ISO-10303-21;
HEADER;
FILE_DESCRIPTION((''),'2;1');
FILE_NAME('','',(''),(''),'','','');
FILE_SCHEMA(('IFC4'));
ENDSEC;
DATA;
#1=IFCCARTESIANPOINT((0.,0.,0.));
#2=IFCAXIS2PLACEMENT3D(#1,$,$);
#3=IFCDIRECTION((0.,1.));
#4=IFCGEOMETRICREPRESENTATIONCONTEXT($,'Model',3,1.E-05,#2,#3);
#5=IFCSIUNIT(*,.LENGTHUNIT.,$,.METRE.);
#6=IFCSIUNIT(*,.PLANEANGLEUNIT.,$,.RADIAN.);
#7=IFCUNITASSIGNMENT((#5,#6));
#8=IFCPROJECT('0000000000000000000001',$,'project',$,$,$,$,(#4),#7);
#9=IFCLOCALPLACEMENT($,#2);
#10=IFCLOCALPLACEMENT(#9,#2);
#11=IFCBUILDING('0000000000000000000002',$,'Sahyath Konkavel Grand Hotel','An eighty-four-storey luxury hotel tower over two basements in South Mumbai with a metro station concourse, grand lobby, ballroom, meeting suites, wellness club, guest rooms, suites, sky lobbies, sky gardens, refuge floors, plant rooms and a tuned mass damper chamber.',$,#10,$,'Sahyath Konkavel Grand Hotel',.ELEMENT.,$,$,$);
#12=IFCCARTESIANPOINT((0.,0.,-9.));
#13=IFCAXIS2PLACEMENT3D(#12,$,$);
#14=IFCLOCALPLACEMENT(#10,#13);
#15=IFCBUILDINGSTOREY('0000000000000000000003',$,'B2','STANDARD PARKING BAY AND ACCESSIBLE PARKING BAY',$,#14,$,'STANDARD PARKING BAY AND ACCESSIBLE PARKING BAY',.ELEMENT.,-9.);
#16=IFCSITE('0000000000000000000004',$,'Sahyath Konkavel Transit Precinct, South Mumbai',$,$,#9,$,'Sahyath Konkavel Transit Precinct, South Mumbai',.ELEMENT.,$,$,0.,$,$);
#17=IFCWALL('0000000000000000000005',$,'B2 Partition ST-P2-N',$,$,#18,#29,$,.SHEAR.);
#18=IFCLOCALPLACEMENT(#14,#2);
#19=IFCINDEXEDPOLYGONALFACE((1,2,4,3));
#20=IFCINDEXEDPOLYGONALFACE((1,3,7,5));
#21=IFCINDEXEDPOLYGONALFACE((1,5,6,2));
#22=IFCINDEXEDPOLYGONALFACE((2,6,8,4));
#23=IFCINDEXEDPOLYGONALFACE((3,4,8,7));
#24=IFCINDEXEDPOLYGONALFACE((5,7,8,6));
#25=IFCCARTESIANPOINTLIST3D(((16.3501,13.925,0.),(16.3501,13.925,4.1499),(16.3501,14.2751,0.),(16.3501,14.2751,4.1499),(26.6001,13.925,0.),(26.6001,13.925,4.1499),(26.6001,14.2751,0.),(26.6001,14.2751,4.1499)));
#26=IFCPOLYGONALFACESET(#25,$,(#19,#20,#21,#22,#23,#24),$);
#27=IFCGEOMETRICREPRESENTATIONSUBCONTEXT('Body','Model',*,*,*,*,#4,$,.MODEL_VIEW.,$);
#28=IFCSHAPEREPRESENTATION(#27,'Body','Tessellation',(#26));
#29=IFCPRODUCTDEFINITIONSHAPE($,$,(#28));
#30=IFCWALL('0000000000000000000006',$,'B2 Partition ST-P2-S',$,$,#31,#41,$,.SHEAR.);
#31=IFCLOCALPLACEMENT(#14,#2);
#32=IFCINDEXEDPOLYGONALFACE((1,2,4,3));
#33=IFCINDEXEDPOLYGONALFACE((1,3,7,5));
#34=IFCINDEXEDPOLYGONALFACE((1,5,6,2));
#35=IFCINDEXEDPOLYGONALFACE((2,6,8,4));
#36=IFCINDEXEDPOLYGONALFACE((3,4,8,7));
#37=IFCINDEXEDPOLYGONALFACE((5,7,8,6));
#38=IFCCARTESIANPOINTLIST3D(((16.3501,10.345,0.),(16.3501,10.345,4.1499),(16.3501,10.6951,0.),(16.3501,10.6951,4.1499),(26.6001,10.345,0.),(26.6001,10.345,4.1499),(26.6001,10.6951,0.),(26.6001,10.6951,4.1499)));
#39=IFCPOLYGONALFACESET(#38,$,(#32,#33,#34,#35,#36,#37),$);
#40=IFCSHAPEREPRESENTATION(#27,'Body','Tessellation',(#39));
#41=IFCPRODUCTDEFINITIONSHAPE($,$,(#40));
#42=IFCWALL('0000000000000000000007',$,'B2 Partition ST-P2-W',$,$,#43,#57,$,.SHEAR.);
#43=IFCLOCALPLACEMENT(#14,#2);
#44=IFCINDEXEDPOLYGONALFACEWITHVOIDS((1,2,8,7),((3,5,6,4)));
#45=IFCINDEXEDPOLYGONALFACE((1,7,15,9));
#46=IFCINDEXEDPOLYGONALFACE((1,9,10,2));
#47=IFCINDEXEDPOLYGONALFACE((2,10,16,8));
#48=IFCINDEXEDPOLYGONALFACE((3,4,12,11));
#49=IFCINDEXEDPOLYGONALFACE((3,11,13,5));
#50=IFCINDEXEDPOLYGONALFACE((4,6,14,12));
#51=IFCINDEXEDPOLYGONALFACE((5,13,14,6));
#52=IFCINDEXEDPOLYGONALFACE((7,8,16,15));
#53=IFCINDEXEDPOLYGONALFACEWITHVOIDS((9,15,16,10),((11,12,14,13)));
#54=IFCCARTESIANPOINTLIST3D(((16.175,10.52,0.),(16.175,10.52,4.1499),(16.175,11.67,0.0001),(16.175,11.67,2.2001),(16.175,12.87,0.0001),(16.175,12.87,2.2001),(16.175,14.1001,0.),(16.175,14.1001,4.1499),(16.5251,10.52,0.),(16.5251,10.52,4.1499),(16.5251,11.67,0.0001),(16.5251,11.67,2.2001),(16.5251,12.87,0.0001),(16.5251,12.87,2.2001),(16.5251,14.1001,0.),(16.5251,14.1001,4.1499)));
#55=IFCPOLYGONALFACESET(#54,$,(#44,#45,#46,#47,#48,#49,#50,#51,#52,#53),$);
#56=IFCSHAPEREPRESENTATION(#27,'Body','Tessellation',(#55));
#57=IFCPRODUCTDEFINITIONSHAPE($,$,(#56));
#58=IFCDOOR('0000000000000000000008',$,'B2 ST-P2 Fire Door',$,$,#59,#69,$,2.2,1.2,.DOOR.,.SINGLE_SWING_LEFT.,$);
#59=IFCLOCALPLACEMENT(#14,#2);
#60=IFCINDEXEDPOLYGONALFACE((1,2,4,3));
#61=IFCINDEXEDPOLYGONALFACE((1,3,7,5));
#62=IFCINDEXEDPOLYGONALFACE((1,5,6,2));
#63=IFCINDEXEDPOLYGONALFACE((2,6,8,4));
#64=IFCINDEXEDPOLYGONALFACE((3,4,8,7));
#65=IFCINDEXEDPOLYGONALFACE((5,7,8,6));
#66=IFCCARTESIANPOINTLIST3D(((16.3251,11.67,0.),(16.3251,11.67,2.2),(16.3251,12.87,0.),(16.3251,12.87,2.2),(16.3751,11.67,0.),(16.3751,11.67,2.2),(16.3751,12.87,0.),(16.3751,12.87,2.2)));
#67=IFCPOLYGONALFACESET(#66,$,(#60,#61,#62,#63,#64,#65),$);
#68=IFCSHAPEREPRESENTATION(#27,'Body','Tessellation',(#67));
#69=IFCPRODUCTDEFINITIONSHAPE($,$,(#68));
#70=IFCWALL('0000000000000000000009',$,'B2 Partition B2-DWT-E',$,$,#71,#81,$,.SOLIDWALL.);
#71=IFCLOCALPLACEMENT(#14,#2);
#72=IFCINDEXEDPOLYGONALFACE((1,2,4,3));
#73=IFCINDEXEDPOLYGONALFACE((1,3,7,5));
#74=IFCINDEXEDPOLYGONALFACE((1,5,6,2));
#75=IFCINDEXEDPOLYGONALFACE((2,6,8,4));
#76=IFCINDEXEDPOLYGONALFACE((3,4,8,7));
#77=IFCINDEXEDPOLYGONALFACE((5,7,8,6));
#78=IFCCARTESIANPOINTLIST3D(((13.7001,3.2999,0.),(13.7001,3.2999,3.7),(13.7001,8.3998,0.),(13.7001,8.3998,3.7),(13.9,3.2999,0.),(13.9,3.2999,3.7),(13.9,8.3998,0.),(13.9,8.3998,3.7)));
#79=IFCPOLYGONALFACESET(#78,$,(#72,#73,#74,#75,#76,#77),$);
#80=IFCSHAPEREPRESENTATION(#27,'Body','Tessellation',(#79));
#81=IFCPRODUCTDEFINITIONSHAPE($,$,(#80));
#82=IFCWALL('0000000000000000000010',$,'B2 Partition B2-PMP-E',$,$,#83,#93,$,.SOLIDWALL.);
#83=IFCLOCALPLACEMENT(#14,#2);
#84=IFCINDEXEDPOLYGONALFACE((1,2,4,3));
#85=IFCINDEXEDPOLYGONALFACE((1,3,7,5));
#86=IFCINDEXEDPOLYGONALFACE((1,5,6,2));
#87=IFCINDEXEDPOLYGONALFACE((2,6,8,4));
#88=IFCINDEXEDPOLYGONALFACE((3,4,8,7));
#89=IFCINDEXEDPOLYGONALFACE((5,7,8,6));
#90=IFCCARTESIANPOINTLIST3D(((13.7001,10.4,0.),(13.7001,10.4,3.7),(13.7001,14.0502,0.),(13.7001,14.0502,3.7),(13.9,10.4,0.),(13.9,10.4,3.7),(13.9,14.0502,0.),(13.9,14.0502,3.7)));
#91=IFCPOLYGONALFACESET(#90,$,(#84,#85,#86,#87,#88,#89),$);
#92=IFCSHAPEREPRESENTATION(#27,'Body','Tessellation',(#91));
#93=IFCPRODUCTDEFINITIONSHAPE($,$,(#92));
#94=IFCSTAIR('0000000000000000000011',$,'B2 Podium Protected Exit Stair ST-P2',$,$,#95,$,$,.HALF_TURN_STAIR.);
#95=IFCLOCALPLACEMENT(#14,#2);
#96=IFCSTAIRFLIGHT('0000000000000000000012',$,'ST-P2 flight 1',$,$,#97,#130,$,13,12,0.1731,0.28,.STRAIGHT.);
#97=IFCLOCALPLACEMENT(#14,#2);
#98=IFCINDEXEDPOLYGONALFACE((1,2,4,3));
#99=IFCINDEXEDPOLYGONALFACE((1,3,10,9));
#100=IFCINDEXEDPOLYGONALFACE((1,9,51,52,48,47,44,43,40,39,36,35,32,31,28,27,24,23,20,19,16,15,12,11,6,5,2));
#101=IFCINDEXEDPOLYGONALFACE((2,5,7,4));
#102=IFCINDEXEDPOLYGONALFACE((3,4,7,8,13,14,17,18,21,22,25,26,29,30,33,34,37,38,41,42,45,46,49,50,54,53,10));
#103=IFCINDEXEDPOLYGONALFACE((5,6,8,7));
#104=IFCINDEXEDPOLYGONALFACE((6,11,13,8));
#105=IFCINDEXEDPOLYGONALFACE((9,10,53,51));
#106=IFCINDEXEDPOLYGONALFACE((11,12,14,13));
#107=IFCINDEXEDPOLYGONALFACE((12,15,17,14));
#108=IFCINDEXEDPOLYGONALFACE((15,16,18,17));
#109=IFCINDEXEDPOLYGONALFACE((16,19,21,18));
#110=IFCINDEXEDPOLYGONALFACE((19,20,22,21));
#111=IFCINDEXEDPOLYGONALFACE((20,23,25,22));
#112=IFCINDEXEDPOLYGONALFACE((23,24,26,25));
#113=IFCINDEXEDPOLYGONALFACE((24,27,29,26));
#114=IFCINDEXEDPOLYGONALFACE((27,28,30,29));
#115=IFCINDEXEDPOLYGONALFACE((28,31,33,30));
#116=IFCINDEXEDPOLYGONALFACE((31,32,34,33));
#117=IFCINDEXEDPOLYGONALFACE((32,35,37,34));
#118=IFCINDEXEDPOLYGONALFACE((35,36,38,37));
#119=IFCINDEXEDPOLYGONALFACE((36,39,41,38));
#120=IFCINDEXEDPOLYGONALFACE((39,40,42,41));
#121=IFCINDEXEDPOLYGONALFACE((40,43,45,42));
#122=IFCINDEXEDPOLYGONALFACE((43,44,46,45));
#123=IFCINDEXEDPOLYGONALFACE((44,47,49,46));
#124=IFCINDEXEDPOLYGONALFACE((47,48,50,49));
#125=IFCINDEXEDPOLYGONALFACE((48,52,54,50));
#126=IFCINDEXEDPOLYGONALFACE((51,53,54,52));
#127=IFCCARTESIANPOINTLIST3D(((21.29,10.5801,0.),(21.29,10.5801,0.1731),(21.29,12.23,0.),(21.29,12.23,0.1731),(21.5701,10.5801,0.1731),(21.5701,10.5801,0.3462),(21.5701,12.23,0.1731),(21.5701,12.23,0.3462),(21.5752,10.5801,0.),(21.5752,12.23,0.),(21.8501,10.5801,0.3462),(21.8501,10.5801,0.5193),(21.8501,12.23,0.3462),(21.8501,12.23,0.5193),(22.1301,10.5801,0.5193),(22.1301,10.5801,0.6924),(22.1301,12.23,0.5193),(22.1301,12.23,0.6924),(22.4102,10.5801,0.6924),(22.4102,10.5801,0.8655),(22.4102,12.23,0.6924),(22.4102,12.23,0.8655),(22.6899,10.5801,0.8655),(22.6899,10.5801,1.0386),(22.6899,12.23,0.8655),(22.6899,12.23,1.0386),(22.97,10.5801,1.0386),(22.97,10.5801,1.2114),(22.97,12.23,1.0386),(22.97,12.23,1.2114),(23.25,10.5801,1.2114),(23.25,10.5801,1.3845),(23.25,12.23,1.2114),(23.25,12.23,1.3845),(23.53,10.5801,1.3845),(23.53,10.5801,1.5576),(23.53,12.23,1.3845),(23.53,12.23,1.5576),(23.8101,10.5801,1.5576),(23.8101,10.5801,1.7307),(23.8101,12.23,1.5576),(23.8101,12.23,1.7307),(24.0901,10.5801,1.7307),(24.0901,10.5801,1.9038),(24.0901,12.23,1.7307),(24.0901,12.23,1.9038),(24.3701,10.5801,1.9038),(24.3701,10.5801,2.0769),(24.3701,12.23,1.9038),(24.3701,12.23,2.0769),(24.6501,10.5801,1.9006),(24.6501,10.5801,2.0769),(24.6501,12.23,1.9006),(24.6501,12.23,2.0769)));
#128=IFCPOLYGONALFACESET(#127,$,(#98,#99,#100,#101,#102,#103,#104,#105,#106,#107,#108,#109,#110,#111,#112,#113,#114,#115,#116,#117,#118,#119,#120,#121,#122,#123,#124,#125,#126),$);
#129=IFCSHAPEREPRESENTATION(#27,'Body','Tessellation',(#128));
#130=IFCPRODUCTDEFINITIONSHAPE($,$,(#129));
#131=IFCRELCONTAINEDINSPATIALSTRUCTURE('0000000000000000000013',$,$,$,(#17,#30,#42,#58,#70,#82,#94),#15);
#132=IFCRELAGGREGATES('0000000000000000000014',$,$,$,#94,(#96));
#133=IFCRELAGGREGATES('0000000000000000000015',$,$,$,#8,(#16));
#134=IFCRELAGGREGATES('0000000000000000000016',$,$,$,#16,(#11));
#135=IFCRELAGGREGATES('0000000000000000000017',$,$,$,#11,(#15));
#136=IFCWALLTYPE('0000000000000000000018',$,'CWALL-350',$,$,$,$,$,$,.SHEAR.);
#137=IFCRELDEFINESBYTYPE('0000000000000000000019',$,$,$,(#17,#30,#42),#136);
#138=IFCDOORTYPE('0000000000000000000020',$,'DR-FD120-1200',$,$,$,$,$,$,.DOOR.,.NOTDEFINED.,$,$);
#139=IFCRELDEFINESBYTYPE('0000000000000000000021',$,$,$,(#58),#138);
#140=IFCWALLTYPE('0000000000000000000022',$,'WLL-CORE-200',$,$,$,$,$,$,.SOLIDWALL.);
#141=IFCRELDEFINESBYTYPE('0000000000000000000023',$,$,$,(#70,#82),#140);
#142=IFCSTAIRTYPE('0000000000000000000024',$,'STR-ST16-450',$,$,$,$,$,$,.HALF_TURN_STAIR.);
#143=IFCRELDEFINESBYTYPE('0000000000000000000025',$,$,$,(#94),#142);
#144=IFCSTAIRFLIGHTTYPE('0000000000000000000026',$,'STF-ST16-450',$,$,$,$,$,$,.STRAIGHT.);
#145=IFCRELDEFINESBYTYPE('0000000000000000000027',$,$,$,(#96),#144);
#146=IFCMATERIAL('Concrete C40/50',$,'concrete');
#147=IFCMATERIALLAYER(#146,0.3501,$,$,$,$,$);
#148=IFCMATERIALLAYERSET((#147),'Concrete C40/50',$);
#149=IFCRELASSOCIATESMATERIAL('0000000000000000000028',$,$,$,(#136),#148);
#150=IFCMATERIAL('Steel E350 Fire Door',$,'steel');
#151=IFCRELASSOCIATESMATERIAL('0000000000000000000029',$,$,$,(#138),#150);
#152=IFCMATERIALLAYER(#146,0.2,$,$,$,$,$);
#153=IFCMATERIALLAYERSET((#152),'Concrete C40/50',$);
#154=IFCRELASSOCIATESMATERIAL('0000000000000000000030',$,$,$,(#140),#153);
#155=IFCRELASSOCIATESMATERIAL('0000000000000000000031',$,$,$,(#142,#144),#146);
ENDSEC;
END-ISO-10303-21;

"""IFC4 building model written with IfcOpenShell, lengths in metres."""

from ifc_helpers import new_model, si_unit, direction, frame, frame_2d, origin, origin_2d, place, context, subcontext, project, spatial, polyline, rectangle, outline, extrude, source, transform, mapped, material, layer, layer_set, type_object, element, fill, aggregate, save


model = new_model("IFC4")

# Units and contexts
model_context = context("Model", 3, precision=1e-05, world=origin(), true_north=direction((0.0, 1.0)))
body_context = subcontext(model_context, "Body", "Model", "MODEL_VIEW")
ifc_project = project(units=[si_unit("LENGTHUNIT", "METRE"), si_unit("PLANEANGLEUNIT", "RADIAN")], contexts=[model_context])

# Site, building, storey
site_placement = place(None, origin())
site = spatial("IfcSite", under=ifc_project, at=site_placement, Name="Sahyath Konkavel Transit Precinct, South Mumbai", LongName="Sahyath Konkavel Transit Precinct, South Mumbai", CompositionType="ELEMENT", RefElevation=0.0)
building_placement = place(site_placement, origin())
building = spatial("IfcBuilding", under=site, at=building_placement, Name="Sahyath Konkavel Grand Hotel", Description="An eighty-four-storey luxury hotel tower over two basements in South Mumbai with a metro station concourse, grand lobby, ballroom, meeting suites, wellness club, guest rooms, suites, sky lobbies, sky gardens, refuge floors, plant rooms and a tuned mass damper chamber.", LongName="Sahyath Konkavel Grand Hotel", CompositionType="ELEMENT")
storey_placement = place(building_placement, frame((0.0, 0.0, -9.0)))
storey = spatial("IfcBuildingStorey", under=building, at=storey_placement, Name="B2", Description="STANDARD PARKING BAY AND ACCESSIBLE PARKING BAY", LongName="STANDARD PARKING BAY AND ACCESSIBLE PARKING BAY", CompositionType="ELEMENT", Elevation=-9.0)

# Walls
ifc_material_1 = material(Name="Concrete C40/50", Category="concrete")
ifc_layer_1 = layer(ifc_material_1, 0.3501)
ifc_layer_set_1 = layer_set([ifc_layer_1], Name="Concrete C40/50")
wall_type_1 = type_object("IfcWallType", Name="CWALL-350", PredefinedType="SHEAR", material=ifc_layer_set_1)
for number, where, z_axis, x_axis, name in (
    (1, (16.3501, 14.1001, 0.0), (0.0, 0.0, 1.0), (1.0, 0.0, 0.0), "B2 Partition ST-P2-N"),
    (2, (16.3501, 10.52, 0.0), (0.0, 0.0, 1.0), (1.0, 0.0, 0.0), "B2 Partition ST-P2-S"),
):
    element("IfcWall", number, at=place(storey_placement, frame(where, z_axis=z_axis, x_axis=x_axis)), inside=storey, type_object=wall_type_1, Name=name, PredefinedType="SHEAR", context=body_context, shape_type="SweptSolid", body=[
        extrude(rectangle(XDim=10.25, YDim=0.3501, at=frame_2d((5.125, 0.0))), origin(), (0.0, 0.0, 1.0), 4.1499),
    ])

# Wall, opening, door
wall_1_placement = place(storey_placement, frame((16.3501, 10.52, 0.0), z_axis=(0.0, 0.0, 1.0), x_axis=(0.0, 1.0, 0.0)))
wall_1 = element("IfcWall", 3, at=wall_1_placement, inside=storey, type_object=wall_type_1, Name="B2 Partition ST-P2-W", PredefinedType="SHEAR", context=body_context, shape_type="SweptSolid", body=[
    extrude(rectangle(XDim=3.5801, YDim=0.3501, at=frame_2d((1.79, 0.0))), origin(), (0.0, 0.0, 1.0), 4.1499),
])
opening_placement = place(wall_1_placement, frame((1.1499, 0.0, 0.0)))
opening = element("IfcOpeningElement", 4, at=opening_placement, cuts=wall_1, PredefinedType="OPENING", context=body_context, shape_type="SweptSolid", body=[
    extrude(rectangle(XDim=1.2, YDim=2.2, at=frame_2d((0.6001, 1.1001))), frame((0.0, 0.1851, 0.0), z_axis=(0.0, -1.0, 0.0), x_axis=(1.0, 0.0, 0.0)), (0.0, 0.0, 1.0), 0.3701),
])
ifc_material_2 = material(Name="Steel E350 Fire Door", Category="steel")
door_type = type_object("IfcDoorType", Name="DR-FD120-1200", OperationType="NOTDEFINED", PredefinedType="DOOR", material=ifc_material_2)
shared_shape_1 = source(origin(), body_context, "Body", "SweptSolid", [
    extrude(rectangle(XDim=1.2, YDim=0.05, at=origin_2d()), origin(), (0.0, 0.0, 1.0), 2.2),
])
door_placement = place(opening_placement, frame((0.6001, 0.0, 0.0)))
door = element("IfcDoor", 5, at=door_placement, inside=storey, type_object=door_type, Name="B2 ST-P2 Fire Door", OperationType="SINGLE_SWING_LEFT", OverallHeight=2.2, OverallWidth=1.2, PredefinedType="DOOR", context=body_context, shape_type="MappedRepresentation", body=[
    mapped(shared_shape_1, transform((0.0, 0.0, 0.0), scale=1.0)),
])
fill(opening, door)

# Walls
ifc_layer_2 = layer(ifc_material_1, 0.2)
ifc_layer_set_2 = layer_set([ifc_layer_2], Name="Concrete C40/50")
wall_type_2 = type_object("IfcWallType", Name="WLL-CORE-200", PredefinedType="SOLIDWALL", material=ifc_layer_set_2)
wall_2_placement = place(storey_placement, frame((13.8, 3.3, 0.0), z_axis=(0.0, 0.0, 1.0), x_axis=(0.0, 1.0, 0.0)))
element("IfcWall", 6, at=wall_2_placement, inside=storey, type_object=wall_type_2, Name="B2 Partition B2-DWT-E", PredefinedType="SOLIDWALL", context=body_context, shape_type="SweptSolid", body=[
    extrude(rectangle(XDim=5.0999, YDim=0.2, at=frame_2d((2.5498, 0.0))), origin(), (0.0, 0.0, 1.0), 3.7),
])
wall_3_placement = place(storey_placement, frame((13.8, 10.3999, 0.0), z_axis=(0.0, 0.0, 1.0), x_axis=(0.0, 1.0, 0.0)))
element("IfcWall", 7, at=wall_3_placement, inside=storey, type_object=wall_type_2, Name="B2 Partition B2-PMP-E", PredefinedType="SOLIDWALL", context=body_context, shape_type="SweptSolid", body=[
    extrude(rectangle(XDim=3.6501, YDim=0.2, at=frame_2d((1.8252, 0.0))), origin(), (0.0, 0.0, 1.0), 3.7),
])

# Stair, stair flight
stair_type = type_object("IfcStairType", Name="STR-ST16-450", PredefinedType="HALF_TURN_STAIR", material=ifc_material_1)
stair_placement = place(storey_placement, origin())
stair = element("IfcStair", 8, at=stair_placement, inside=storey, type_object=stair_type, Name="B2 Podium Protected Exit Stair ST-P2", PredefinedType="HALF_TURN_STAIR")
stair_flight_type = type_object("IfcStairFlightType", Name="STF-ST16-450", PredefinedType="STRAIGHT", material=ifc_material_1)
stair_flight_placement = place(storey_placement, frame((21.29, 11.405, 0.0), z_axis=(0.0, 0.0, 1.0), x_axis=(1.0, 0.0, 0.0)))
stair_flight = element("IfcStairFlight", 9, at=stair_flight_placement, type_object=stair_flight_type, Name="ST-P2 flight 1", NumberOfRisers=13, NumberOfTreads=12, PredefinedType="STRAIGHT", RiserHeight=0.1731, TreadLength=0.28, context=body_context, shape_type="SweptSolid", body=[
    extrude(outline(polyline([(0.0, 0.0), (0.0, 0.1731), (0.28, 0.1731), (0.28, 0.3462), (0.5601, 0.3462), (0.5601, 0.5193), (0.8401, 0.5193), (0.8401, 0.6924), (1.1201, 0.6924), (1.1201, 0.8655), (1.3999, 0.8655), (1.3999, 1.0386), (1.6799, 1.0386), (1.6799, 1.2114), (1.96, 1.2114), (1.96, 1.3845), (2.24, 1.3845), (2.24, 1.5576), (2.52, 1.5576), (2.52, 1.7307), (2.8, 1.7307), (2.8, 1.9038), (3.0801, 1.9038), (3.0801, 2.0769), (3.3601, 2.0769), (3.3601, 2.25), (3.3601, 1.9006), (0.2852, 0.0), (0.0, 0.0)])), frame((0.0, 0.825, 0.0), z_axis=(0.0, -1.0, 0.0), x_axis=(1.0, 0.0, 0.0)), (0.0, 0.0, 1.0), 1.6499),
])
aggregate(stair, [stair_flight])

save(model, "model.ifc")
